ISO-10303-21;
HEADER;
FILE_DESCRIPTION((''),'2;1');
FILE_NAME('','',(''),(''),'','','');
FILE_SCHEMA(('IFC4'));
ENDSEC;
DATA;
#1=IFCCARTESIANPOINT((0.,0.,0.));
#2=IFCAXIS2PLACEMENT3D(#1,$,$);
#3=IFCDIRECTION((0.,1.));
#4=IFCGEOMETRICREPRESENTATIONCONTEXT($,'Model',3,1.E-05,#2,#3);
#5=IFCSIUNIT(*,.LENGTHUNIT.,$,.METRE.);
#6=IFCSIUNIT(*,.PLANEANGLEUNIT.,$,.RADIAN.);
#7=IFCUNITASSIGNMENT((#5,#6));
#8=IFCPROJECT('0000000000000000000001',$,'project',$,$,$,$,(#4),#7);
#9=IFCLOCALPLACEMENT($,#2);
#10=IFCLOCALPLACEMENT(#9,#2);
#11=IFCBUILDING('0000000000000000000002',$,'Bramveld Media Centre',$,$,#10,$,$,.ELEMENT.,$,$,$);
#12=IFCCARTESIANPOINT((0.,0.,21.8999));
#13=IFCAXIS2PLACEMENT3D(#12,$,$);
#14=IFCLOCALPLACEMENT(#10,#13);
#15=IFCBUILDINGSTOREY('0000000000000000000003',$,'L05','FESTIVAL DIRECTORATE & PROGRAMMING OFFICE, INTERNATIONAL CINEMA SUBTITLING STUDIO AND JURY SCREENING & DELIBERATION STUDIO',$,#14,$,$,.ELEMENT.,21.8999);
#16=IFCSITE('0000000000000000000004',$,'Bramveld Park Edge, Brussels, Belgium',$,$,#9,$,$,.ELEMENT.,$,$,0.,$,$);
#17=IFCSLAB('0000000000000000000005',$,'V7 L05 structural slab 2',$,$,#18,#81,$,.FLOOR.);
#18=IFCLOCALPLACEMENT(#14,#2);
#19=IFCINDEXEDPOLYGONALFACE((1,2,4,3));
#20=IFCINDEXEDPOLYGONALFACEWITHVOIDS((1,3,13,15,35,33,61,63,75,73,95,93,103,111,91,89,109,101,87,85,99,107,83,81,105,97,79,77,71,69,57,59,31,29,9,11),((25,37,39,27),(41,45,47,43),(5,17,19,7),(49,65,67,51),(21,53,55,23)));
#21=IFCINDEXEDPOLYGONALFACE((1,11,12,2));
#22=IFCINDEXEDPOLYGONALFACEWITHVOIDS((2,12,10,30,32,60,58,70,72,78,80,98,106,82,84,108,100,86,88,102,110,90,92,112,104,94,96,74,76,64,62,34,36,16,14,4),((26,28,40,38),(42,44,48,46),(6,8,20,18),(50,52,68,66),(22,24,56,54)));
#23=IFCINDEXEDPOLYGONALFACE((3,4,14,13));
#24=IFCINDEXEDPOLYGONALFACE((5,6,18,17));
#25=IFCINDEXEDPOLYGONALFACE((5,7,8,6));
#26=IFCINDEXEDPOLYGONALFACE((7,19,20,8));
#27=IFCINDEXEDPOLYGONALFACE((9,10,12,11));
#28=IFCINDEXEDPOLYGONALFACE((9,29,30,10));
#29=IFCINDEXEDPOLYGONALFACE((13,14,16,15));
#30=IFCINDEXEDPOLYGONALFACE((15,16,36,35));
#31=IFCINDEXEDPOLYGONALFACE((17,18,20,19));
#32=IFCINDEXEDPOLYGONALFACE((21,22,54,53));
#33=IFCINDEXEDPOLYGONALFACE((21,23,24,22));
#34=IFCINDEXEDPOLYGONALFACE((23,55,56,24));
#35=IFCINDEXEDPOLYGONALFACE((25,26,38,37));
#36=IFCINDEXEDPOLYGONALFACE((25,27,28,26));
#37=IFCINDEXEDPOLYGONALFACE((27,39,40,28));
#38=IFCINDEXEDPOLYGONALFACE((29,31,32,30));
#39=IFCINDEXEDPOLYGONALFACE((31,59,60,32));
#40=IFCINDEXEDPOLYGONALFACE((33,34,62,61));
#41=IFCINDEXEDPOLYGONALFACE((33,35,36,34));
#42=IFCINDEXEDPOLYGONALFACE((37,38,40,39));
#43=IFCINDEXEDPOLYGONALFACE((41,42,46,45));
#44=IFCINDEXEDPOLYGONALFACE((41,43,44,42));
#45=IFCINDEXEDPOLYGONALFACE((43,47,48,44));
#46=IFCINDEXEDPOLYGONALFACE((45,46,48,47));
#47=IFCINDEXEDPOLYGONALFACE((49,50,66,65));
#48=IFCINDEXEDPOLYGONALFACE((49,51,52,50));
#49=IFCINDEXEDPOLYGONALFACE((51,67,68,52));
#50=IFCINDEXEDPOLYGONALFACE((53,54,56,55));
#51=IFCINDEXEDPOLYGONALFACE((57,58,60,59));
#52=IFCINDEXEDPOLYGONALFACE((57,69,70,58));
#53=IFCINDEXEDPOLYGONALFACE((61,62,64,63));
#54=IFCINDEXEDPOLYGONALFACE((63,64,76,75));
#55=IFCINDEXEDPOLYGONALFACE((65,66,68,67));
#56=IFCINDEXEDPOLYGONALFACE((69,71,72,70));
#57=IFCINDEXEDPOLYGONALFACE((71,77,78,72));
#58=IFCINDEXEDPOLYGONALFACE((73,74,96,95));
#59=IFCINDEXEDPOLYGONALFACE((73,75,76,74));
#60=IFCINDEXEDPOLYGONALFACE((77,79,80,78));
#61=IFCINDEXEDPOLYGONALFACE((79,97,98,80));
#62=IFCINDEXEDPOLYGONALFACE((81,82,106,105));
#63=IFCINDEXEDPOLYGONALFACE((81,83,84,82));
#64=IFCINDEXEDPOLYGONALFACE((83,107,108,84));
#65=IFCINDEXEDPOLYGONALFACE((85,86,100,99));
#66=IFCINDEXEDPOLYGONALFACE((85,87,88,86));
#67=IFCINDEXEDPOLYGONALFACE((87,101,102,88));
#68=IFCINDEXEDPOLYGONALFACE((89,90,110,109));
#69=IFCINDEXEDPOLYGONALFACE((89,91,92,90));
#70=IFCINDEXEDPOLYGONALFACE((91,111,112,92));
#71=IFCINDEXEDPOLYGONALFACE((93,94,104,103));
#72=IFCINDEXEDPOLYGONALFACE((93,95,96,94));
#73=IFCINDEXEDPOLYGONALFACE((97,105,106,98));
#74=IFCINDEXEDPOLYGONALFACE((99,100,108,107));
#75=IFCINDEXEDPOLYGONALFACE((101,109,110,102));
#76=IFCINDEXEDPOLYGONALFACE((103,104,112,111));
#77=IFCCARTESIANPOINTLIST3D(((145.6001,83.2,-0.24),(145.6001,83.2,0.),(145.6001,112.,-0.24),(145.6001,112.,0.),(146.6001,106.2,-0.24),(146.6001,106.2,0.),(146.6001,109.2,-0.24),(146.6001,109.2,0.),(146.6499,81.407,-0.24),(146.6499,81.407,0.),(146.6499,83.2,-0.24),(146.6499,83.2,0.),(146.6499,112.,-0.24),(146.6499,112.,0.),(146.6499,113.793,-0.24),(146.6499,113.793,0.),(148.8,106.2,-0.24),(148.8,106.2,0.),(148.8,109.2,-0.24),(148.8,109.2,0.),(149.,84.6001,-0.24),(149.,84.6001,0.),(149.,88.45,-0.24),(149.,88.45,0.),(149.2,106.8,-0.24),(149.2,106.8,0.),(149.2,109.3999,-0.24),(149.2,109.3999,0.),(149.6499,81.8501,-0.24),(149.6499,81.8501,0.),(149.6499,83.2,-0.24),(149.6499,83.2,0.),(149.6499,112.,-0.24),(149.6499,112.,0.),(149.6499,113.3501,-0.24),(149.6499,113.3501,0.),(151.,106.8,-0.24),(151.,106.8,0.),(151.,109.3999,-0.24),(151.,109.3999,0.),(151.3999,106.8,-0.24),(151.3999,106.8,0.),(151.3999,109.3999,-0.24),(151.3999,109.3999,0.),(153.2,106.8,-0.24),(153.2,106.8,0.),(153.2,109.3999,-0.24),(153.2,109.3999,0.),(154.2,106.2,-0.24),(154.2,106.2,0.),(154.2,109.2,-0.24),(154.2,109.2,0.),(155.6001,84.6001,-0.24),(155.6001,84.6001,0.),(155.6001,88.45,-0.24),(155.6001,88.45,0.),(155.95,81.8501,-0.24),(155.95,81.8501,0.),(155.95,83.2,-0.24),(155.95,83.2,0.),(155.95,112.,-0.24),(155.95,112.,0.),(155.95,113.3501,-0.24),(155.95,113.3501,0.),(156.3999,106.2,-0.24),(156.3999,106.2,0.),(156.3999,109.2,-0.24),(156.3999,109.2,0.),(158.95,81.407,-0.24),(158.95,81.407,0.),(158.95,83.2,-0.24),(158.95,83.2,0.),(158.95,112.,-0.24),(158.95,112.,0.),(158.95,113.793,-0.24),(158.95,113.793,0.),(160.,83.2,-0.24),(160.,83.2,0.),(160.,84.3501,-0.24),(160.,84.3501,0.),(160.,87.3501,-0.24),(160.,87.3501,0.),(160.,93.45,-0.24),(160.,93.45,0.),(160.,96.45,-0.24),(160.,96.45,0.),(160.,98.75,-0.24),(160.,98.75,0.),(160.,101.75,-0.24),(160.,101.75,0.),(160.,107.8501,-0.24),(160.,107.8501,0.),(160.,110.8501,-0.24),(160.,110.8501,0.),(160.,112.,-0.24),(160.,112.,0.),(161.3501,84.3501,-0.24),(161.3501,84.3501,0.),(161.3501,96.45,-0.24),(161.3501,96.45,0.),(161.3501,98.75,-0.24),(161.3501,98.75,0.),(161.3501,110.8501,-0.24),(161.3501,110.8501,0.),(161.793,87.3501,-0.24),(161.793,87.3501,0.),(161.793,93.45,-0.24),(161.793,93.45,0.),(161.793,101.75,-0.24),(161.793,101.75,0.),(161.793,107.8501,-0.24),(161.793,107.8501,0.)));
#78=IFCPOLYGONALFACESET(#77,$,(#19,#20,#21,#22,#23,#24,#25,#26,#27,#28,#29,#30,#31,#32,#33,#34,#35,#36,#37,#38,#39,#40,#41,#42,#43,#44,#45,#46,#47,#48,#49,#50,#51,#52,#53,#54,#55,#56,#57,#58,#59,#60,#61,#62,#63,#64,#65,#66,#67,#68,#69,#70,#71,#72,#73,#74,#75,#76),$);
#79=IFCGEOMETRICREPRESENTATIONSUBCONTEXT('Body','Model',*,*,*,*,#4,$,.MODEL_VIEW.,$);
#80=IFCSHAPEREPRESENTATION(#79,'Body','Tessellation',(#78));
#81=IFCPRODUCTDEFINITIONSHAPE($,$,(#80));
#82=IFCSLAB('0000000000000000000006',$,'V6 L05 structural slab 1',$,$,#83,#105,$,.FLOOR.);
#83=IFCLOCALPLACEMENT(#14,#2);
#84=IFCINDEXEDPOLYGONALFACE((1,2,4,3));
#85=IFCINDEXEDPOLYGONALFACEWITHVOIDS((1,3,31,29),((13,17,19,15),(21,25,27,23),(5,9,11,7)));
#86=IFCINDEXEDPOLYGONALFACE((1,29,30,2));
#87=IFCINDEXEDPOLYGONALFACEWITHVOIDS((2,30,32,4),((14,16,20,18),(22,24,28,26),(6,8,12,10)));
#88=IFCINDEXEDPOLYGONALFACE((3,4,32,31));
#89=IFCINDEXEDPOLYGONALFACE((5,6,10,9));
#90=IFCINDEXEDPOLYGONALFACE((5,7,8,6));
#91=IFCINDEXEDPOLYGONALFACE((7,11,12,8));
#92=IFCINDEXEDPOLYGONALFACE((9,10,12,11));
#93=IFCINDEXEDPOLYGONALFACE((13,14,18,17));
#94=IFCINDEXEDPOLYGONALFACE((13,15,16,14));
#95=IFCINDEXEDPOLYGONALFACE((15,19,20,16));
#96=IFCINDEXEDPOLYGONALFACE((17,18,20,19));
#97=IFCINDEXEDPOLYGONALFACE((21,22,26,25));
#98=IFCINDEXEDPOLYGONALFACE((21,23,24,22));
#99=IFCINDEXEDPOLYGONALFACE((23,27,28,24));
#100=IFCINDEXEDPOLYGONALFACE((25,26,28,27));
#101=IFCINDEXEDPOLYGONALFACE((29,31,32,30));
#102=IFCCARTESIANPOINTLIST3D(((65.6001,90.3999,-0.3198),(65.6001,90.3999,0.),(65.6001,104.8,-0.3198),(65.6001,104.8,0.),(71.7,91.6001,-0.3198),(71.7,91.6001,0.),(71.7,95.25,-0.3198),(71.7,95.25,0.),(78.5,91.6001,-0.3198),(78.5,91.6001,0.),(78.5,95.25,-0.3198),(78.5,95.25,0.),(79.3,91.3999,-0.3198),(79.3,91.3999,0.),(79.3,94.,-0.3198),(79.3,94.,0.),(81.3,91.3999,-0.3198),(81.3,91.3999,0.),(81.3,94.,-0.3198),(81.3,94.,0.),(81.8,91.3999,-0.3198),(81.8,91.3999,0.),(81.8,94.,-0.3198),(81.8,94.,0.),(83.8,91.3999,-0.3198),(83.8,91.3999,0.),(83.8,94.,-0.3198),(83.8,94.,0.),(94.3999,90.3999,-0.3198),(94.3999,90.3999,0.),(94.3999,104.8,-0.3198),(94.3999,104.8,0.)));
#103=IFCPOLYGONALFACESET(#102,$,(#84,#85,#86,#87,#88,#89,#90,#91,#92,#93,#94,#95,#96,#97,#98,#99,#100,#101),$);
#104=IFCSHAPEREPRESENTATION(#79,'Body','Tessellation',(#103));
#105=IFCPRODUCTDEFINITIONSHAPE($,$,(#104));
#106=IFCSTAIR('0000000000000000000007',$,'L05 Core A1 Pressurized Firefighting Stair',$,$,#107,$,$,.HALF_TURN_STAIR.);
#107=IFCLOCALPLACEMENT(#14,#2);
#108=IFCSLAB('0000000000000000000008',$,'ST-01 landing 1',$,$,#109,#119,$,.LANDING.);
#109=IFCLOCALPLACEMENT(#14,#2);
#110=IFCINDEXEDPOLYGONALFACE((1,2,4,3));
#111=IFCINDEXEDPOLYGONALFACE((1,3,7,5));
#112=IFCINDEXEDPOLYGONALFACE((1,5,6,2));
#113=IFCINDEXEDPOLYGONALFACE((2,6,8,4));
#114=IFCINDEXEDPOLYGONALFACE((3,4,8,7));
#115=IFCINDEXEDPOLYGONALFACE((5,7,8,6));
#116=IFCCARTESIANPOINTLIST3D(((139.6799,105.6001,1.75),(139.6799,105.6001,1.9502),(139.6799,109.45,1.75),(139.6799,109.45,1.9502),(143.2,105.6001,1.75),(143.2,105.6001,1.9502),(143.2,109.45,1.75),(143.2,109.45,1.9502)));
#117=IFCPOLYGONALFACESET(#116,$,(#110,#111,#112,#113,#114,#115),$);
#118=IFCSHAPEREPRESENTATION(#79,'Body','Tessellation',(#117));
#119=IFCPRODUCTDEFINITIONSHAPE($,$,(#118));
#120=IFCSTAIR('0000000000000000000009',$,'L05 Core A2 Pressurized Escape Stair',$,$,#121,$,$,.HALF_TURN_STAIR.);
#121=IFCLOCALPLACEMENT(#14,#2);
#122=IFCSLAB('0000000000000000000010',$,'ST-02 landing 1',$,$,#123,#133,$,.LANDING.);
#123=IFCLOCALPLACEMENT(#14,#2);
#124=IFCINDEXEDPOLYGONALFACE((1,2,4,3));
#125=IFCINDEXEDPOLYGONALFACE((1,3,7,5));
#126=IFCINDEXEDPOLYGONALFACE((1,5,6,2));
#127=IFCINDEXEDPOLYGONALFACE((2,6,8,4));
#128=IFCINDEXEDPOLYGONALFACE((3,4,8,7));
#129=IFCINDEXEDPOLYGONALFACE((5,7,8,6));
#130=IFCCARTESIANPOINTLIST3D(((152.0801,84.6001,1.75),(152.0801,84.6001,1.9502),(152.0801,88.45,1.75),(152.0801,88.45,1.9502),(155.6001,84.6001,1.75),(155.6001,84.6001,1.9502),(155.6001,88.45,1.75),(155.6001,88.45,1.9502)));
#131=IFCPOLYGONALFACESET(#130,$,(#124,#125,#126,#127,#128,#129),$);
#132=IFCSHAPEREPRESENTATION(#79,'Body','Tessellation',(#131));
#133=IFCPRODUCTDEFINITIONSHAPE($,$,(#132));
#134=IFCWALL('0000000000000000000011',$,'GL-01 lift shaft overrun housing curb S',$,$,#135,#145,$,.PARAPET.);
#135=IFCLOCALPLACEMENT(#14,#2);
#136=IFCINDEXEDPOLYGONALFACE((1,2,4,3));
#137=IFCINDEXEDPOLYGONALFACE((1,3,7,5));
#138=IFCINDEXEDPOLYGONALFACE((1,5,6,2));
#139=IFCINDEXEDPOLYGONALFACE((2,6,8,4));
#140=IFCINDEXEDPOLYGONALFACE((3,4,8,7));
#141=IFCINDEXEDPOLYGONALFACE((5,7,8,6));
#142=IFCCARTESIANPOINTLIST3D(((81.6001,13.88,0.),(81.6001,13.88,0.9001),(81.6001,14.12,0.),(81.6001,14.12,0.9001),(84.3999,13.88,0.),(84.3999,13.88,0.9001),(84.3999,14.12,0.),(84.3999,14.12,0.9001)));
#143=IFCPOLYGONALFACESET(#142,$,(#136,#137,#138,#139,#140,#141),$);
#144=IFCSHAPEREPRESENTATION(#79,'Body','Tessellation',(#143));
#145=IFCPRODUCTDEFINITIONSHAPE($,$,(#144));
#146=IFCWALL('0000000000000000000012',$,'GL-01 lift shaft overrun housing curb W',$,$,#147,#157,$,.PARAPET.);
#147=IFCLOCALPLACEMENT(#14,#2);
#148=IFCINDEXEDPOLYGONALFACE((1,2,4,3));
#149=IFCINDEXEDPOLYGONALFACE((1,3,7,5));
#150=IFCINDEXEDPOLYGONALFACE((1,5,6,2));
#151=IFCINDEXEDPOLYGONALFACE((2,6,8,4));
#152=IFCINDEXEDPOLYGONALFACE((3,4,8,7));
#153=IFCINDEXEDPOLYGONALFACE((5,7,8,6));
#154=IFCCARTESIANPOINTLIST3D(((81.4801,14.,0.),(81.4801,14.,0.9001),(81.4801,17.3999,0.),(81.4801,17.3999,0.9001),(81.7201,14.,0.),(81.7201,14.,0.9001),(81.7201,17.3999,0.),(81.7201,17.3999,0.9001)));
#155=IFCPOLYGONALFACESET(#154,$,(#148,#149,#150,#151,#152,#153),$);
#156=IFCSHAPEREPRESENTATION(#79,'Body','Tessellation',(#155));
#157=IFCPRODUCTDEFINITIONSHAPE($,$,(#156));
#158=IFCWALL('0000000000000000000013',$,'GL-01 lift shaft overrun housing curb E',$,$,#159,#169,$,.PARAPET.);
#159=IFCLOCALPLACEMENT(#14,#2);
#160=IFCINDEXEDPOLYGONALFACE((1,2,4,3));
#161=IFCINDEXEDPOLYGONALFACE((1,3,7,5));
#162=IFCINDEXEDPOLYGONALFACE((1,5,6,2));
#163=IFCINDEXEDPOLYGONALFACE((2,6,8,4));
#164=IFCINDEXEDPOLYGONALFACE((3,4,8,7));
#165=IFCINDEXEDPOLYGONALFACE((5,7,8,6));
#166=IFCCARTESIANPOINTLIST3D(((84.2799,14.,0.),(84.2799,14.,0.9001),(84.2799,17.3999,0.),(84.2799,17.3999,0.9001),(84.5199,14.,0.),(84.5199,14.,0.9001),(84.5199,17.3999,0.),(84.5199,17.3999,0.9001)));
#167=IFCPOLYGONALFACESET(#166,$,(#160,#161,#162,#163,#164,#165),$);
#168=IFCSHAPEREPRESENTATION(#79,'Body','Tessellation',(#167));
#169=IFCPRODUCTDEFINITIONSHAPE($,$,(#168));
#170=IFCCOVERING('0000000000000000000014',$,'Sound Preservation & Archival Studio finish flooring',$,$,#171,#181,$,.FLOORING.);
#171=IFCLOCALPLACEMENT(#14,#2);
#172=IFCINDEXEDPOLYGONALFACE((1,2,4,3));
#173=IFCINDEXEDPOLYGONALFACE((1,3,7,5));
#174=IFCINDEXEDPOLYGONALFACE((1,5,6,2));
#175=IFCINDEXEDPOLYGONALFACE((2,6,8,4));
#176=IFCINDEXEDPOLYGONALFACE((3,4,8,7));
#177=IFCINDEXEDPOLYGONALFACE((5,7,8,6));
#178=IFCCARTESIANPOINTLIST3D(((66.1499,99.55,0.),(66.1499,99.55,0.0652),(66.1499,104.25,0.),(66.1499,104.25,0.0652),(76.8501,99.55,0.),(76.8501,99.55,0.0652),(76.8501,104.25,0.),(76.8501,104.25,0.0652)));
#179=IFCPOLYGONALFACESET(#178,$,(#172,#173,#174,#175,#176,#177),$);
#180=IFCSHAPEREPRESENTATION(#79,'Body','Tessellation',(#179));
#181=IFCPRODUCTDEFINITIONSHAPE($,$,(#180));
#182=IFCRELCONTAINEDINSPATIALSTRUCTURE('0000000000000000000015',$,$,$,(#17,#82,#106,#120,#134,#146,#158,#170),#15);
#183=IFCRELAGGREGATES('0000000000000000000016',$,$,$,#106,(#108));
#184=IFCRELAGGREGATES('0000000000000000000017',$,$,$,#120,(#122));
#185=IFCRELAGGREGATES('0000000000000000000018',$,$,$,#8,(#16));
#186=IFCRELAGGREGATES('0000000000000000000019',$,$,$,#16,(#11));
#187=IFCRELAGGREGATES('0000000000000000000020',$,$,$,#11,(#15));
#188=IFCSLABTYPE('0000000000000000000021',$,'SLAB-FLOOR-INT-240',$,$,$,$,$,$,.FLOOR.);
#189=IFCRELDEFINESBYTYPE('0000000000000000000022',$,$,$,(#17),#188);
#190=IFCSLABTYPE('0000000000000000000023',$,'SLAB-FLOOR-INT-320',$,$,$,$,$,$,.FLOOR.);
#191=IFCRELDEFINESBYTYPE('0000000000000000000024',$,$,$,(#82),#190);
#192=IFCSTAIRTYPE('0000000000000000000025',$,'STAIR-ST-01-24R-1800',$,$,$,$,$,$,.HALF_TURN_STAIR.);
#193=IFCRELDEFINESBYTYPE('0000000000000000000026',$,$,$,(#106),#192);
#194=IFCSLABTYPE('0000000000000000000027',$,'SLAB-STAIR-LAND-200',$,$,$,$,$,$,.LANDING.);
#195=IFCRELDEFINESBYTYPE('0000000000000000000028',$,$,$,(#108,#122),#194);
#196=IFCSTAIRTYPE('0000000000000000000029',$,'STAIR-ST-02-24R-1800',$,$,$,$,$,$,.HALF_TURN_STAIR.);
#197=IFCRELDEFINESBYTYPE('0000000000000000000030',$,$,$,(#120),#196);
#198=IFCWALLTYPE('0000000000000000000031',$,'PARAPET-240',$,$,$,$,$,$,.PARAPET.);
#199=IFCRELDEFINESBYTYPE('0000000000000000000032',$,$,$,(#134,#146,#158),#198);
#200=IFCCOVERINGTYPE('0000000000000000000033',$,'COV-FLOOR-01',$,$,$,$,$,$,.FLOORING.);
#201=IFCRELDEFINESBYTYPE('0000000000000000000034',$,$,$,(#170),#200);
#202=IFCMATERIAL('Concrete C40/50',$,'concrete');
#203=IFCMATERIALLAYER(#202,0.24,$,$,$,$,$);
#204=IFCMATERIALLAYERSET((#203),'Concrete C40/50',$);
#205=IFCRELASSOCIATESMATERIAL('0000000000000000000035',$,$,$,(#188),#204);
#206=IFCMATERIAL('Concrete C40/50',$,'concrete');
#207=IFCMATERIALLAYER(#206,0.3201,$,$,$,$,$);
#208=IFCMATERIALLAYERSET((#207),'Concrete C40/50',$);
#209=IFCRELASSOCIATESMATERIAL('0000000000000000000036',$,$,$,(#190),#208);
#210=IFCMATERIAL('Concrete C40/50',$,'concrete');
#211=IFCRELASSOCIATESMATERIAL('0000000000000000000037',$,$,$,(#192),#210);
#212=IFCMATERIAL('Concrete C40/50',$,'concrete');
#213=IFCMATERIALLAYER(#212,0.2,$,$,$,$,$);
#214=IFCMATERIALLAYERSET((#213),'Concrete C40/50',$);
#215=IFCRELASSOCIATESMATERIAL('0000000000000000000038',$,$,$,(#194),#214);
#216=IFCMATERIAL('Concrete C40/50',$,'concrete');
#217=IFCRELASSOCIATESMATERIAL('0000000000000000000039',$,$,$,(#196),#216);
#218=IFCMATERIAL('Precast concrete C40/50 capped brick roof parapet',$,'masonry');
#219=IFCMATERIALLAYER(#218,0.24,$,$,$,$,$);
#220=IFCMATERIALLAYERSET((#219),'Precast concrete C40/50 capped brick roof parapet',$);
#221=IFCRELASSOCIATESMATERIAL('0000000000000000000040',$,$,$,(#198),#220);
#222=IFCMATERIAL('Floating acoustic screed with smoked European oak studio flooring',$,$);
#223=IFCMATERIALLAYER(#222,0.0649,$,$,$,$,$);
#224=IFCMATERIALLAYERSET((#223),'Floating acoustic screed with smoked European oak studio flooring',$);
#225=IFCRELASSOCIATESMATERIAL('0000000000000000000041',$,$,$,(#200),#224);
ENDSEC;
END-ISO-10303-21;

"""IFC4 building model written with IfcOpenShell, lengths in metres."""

from ifc_helpers import new_model, si_unit, direction, frame, frame_2d, origin, place, context, subcontext, project, spatial, polyline, rectangle, outline, extrude, material, layer, layer_set, type_object, element, aggregate, save


model = new_model("IFC4")

# Units and contexts
model_context = context("Model", 3, precision=1e-05, world=origin(), true_north=direction((0.0, 1.0)))
body_context = subcontext(model_context, "Body", "Model", "MODEL_VIEW")
ifc_project = project(units=[si_unit("LENGTHUNIT", "METRE"), si_unit("PLANEANGLEUNIT", "RADIAN")], contexts=[model_context])

# Site, building, storey
site_placement = place(None, origin())
site = spatial("IfcSite", under=ifc_project, at=site_placement, Name="Bramveld Park Edge, Brussels, Belgium", CompositionType="ELEMENT", RefElevation=0.0)
building_placement = place(site_placement, origin())
building = spatial("IfcBuilding", under=site, at=building_placement, Name="Bramveld Media Centre", CompositionType="ELEMENT")
storey_placement = place(building_placement, frame((0.0, 0.0, 21.8999)))
storey = spatial("IfcBuildingStorey", under=building, at=storey_placement, Name="L05", Description="FESTIVAL DIRECTORATE & PROGRAMMING OFFICE, INTERNATIONAL CINEMA SUBTITLING STUDIO AND JURY SCREENING & DELIBERATION STUDIO", CompositionType="ELEMENT", Elevation=21.8999)

# Slabs
ifc_material_1 = material(Name="Concrete C40/50", Category="concrete")
ifc_layer_1 = layer(ifc_material_1, 0.24)
ifc_layer_set_1 = layer_set([ifc_layer_1], Name="Concrete C40/50")
slab_type_1 = type_object("IfcSlabType", Name="SLAB-FLOOR-INT-240", PredefinedType="FLOOR", material=ifc_layer_set_1)
slab_1_placement = place(storey_placement, frame((0.0, 0.0, -0.24)))
element("IfcSlab", 1, at=slab_1_placement, inside=storey, type_object=slab_type_1, Name="V7 L05 structural slab 2", PredefinedType="FLOOR", context=body_context, shape_type="SweptSolid", body=[
    extrude(outline(polyline([(146.6499, 113.793), (149.6499, 113.3501), (149.6499, 112.0), (155.95, 112.0), (155.95, 113.3501), (158.95, 113.793), (158.95, 112.0), (160.0, 112.0), (160.0, 110.8501), (161.3501, 110.8501), (161.793, 107.8501), (160.0, 107.8501), (160.0, 101.75), (161.793, 101.75), (161.3501, 98.75), (160.0, 98.75), (160.0, 96.45), (161.3501, 96.45), (161.793, 93.45), (160.0, 93.45), (160.0, 87.3501), (161.793, 87.3501), (161.3501, 84.3501), (160.0, 84.3501), (160.0, 83.2), (158.95, 83.2), (158.95, 81.407), (155.95, 81.8501), (155.95, 83.2), (149.6499, 83.2), (149.6499, 81.8501), (146.6499, 81.407), (146.6499, 83.2), (145.6001, 83.2), (145.6001, 112.0), (146.6499, 112.0), (146.6499, 113.793)]), holes=[polyline([(149.0, 88.45), (149.0, 84.6001), (155.6001, 84.6001), (155.6001, 88.45), (149.0, 88.45)]), polyline([(146.6001, 109.2), (146.6001, 106.2), (148.8, 106.2), (148.8, 109.2), (146.6001, 109.2)]), polyline([(154.2, 106.2), (156.3999, 106.2), (156.3999, 109.2), (154.2, 109.2), (154.2, 106.2)]), polyline([(149.2, 109.3999), (149.2, 106.8), (151.0, 106.8), (151.0, 109.3999), (149.2, 109.3999)]), polyline([(151.3999, 109.3999), (151.3999, 106.8), (153.2, 106.8), (153.2, 109.3999), (151.3999, 109.3999)])]), origin(), (0.0, 0.0, 1.0), 0.24),
])
ifc_material_2 = material(Name="Concrete C40/50", Category="concrete")
ifc_layer_2 = layer(ifc_material_2, 0.3201)
ifc_layer_set_2 = layer_set([ifc_layer_2], Name="Concrete C40/50")
slab_type_2 = type_object("IfcSlabType", Name="SLAB-FLOOR-INT-320", PredefinedType="FLOOR", material=ifc_layer_set_2)
slab_2_placement = place(storey_placement, frame((0.0, 0.0, -0.3198)))
element("IfcSlab", 2, at=slab_2_placement, inside=storey, type_object=slab_type_2, Name="V6 L05 structural slab 1", PredefinedType="FLOOR", context=body_context, shape_type="SweptSolid", body=[
    extrude(outline(polyline([(65.6001, 104.8), (94.3999, 104.8), (94.3999, 90.3999), (65.6001, 90.3999), (65.6001, 104.8)]), holes=[polyline([(81.3, 91.3999), (81.3, 94.0), (79.3, 94.0), (79.3, 91.3999), (81.3, 91.3999)]), polyline([(81.8, 91.3999), (83.8, 91.3999), (83.8, 94.0), (81.8, 94.0), (81.8, 91.3999)]), polyline([(71.7, 95.25), (71.7, 91.6001), (78.5, 91.6001), (78.5, 95.25), (71.7, 95.25)])]), origin(), (0.0, 0.0, 1.0), 0.3198),
])

# Stairs, slabs
ifc_material_3 = material(Name="Concrete C40/50", Category="concrete")
stair_type_1 = type_object("IfcStairType", Name="STAIR-ST-01-24R-1800", PredefinedType="HALF_TURN_STAIR", material=ifc_material_3)
stair_1_placement = place(storey_placement, origin())
stair_1 = element("IfcStair", 3, at=stair_1_placement, inside=storey, type_object=stair_type_1, Name="L05 Core A1 Pressurized Firefighting Stair", PredefinedType="HALF_TURN_STAIR")
ifc_material_4 = material(Name="Concrete C40/50", Category="concrete")
ifc_layer_3 = layer(ifc_material_4, 0.2)
ifc_layer_set_3 = layer_set([ifc_layer_3], Name="Concrete C40/50")
slab_type_3 = type_object("IfcSlabType", Name="SLAB-STAIR-LAND-200", PredefinedType="LANDING", material=ifc_layer_set_3)
slab_3_placement = place(storey_placement, frame((0.0, 0.0, 1.75)))
slab_3 = element("IfcSlab", 4, at=slab_3_placement, type_object=slab_type_3, Name="ST-01 landing 1", PredefinedType="LANDING", context=body_context, shape_type="SweptSolid", body=[
    extrude(outline(polyline([(139.6799, 105.6001), (143.2, 105.6001), (143.2, 109.45), (139.6799, 109.45), (139.6799, 105.6001)])), origin(), (0.0, 0.0, 1.0), 0.2002),
])
aggregate(stair_1, [slab_3])
ifc_material_5 = material(Name="Concrete C40/50", Category="concrete")
stair_type_2 = type_object("IfcStairType", Name="STAIR-ST-02-24R-1800", PredefinedType="HALF_TURN_STAIR", material=ifc_material_5)
stair_2_placement = place(storey_placement, origin())
stair_2 = element("IfcStair", 5, at=stair_2_placement, inside=storey, type_object=stair_type_2, Name="L05 Core A2 Pressurized Escape Stair", PredefinedType="HALF_TURN_STAIR")
slab_4_placement = place(storey_placement, frame((0.0, 0.0, 1.75)))
slab_4 = element("IfcSlab", 6, at=slab_4_placement, type_object=slab_type_3, Name="ST-02 landing 1", PredefinedType="LANDING", context=body_context, shape_type="SweptSolid", body=[
    extrude(outline(polyline([(152.0801, 84.6001), (155.6001, 84.6001), (155.6001, 88.45), (152.0801, 88.45), (152.0801, 84.6001)])), origin(), (0.0, 0.0, 1.0), 0.2002),
])
aggregate(stair_2, [slab_4])

# Walls
ifc_material_6 = material(Name="Precast concrete C40/50 capped brick roof parapet", Category="masonry")
ifc_layer_4 = layer(ifc_material_6, 0.24)
ifc_layer_set_4 = layer_set([ifc_layer_4], Name="Precast concrete C40/50 capped brick roof parapet")
wall_type = type_object("IfcWallType", Name="PARAPET-240", PredefinedType="PARAPET", material=ifc_layer_set_4)
wall_placement = place(storey_placement, frame((81.6001, 14.0, 0.0), z_axis=(0.0, 0.0, 1.0), x_axis=(1.0, 0.0, 0.0)))
element("IfcWall", 7, at=wall_placement, inside=storey, type_object=wall_type, Name="GL-01 lift shaft overrun housing curb S", PredefinedType="PARAPET", context=body_context, shape_type="SweptSolid", body=[
    extrude(rectangle(XDim=2.7998, YDim=0.24, at=frame_2d((1.3999, 0.0))), origin(), (0.0, 0.0, 1.0), 0.9001),
])
for number, where, z_axis, x_axis, name in (
    (8, (81.6001, 17.3999, 0.0), (0.0, 0.0, 1.0), (0.0, -1.0, 0.0), "GL-01 lift shaft overrun housing curb W"),
    (9, (84.3999, 14.0, 0.0), (0.0, 0.0, 1.0), (0.0, 1.0, 0.0), "GL-01 lift shaft overrun housing curb E"),
):
    element("IfcWall", number, at=place(storey_placement, frame(where, z_axis=z_axis, x_axis=x_axis)), inside=storey, type_object=wall_type, Name=name, PredefinedType="PARAPET", context=body_context, shape_type="SweptSolid", body=[
        extrude(rectangle(XDim=3.3999, YDim=0.24, at=frame_2d((1.7, 0.0))), origin(), (0.0, 0.0, 1.0), 0.9001),
    ])

# Covering
ifc_material_7 = material(Name="Floating acoustic screed with smoked European oak studio flooring")
ifc_layer_5 = layer(ifc_material_7, 0.0649)
ifc_layer_set_5 = layer_set([ifc_layer_5], Name="Floating acoustic screed with smoked European oak studio flooring")
covering_type_1 = type_object("IfcCoveringType", Name="COV-FLOOR-01", PredefinedType="FLOORING", material=ifc_layer_set_5)
covering_1_placement = place(storey_placement, origin())
element("IfcCovering", 10, at=covering_1_placement, inside=storey, type_object=covering_type_1, Name="Sound Preservation & Archival Studio finish flooring", PredefinedType="FLOORING", context=body_context, shape_type="SweptSolid", body=[
    extrude(outline(polyline([(66.1499, 99.55), (76.8501, 99.55), (76.8501, 104.25), (66.1499, 104.25), (66.1499, 99.55)])), origin(), (0.0, 0.0, 1.0), 0.0652),
])

save(model, "model.ifc")
